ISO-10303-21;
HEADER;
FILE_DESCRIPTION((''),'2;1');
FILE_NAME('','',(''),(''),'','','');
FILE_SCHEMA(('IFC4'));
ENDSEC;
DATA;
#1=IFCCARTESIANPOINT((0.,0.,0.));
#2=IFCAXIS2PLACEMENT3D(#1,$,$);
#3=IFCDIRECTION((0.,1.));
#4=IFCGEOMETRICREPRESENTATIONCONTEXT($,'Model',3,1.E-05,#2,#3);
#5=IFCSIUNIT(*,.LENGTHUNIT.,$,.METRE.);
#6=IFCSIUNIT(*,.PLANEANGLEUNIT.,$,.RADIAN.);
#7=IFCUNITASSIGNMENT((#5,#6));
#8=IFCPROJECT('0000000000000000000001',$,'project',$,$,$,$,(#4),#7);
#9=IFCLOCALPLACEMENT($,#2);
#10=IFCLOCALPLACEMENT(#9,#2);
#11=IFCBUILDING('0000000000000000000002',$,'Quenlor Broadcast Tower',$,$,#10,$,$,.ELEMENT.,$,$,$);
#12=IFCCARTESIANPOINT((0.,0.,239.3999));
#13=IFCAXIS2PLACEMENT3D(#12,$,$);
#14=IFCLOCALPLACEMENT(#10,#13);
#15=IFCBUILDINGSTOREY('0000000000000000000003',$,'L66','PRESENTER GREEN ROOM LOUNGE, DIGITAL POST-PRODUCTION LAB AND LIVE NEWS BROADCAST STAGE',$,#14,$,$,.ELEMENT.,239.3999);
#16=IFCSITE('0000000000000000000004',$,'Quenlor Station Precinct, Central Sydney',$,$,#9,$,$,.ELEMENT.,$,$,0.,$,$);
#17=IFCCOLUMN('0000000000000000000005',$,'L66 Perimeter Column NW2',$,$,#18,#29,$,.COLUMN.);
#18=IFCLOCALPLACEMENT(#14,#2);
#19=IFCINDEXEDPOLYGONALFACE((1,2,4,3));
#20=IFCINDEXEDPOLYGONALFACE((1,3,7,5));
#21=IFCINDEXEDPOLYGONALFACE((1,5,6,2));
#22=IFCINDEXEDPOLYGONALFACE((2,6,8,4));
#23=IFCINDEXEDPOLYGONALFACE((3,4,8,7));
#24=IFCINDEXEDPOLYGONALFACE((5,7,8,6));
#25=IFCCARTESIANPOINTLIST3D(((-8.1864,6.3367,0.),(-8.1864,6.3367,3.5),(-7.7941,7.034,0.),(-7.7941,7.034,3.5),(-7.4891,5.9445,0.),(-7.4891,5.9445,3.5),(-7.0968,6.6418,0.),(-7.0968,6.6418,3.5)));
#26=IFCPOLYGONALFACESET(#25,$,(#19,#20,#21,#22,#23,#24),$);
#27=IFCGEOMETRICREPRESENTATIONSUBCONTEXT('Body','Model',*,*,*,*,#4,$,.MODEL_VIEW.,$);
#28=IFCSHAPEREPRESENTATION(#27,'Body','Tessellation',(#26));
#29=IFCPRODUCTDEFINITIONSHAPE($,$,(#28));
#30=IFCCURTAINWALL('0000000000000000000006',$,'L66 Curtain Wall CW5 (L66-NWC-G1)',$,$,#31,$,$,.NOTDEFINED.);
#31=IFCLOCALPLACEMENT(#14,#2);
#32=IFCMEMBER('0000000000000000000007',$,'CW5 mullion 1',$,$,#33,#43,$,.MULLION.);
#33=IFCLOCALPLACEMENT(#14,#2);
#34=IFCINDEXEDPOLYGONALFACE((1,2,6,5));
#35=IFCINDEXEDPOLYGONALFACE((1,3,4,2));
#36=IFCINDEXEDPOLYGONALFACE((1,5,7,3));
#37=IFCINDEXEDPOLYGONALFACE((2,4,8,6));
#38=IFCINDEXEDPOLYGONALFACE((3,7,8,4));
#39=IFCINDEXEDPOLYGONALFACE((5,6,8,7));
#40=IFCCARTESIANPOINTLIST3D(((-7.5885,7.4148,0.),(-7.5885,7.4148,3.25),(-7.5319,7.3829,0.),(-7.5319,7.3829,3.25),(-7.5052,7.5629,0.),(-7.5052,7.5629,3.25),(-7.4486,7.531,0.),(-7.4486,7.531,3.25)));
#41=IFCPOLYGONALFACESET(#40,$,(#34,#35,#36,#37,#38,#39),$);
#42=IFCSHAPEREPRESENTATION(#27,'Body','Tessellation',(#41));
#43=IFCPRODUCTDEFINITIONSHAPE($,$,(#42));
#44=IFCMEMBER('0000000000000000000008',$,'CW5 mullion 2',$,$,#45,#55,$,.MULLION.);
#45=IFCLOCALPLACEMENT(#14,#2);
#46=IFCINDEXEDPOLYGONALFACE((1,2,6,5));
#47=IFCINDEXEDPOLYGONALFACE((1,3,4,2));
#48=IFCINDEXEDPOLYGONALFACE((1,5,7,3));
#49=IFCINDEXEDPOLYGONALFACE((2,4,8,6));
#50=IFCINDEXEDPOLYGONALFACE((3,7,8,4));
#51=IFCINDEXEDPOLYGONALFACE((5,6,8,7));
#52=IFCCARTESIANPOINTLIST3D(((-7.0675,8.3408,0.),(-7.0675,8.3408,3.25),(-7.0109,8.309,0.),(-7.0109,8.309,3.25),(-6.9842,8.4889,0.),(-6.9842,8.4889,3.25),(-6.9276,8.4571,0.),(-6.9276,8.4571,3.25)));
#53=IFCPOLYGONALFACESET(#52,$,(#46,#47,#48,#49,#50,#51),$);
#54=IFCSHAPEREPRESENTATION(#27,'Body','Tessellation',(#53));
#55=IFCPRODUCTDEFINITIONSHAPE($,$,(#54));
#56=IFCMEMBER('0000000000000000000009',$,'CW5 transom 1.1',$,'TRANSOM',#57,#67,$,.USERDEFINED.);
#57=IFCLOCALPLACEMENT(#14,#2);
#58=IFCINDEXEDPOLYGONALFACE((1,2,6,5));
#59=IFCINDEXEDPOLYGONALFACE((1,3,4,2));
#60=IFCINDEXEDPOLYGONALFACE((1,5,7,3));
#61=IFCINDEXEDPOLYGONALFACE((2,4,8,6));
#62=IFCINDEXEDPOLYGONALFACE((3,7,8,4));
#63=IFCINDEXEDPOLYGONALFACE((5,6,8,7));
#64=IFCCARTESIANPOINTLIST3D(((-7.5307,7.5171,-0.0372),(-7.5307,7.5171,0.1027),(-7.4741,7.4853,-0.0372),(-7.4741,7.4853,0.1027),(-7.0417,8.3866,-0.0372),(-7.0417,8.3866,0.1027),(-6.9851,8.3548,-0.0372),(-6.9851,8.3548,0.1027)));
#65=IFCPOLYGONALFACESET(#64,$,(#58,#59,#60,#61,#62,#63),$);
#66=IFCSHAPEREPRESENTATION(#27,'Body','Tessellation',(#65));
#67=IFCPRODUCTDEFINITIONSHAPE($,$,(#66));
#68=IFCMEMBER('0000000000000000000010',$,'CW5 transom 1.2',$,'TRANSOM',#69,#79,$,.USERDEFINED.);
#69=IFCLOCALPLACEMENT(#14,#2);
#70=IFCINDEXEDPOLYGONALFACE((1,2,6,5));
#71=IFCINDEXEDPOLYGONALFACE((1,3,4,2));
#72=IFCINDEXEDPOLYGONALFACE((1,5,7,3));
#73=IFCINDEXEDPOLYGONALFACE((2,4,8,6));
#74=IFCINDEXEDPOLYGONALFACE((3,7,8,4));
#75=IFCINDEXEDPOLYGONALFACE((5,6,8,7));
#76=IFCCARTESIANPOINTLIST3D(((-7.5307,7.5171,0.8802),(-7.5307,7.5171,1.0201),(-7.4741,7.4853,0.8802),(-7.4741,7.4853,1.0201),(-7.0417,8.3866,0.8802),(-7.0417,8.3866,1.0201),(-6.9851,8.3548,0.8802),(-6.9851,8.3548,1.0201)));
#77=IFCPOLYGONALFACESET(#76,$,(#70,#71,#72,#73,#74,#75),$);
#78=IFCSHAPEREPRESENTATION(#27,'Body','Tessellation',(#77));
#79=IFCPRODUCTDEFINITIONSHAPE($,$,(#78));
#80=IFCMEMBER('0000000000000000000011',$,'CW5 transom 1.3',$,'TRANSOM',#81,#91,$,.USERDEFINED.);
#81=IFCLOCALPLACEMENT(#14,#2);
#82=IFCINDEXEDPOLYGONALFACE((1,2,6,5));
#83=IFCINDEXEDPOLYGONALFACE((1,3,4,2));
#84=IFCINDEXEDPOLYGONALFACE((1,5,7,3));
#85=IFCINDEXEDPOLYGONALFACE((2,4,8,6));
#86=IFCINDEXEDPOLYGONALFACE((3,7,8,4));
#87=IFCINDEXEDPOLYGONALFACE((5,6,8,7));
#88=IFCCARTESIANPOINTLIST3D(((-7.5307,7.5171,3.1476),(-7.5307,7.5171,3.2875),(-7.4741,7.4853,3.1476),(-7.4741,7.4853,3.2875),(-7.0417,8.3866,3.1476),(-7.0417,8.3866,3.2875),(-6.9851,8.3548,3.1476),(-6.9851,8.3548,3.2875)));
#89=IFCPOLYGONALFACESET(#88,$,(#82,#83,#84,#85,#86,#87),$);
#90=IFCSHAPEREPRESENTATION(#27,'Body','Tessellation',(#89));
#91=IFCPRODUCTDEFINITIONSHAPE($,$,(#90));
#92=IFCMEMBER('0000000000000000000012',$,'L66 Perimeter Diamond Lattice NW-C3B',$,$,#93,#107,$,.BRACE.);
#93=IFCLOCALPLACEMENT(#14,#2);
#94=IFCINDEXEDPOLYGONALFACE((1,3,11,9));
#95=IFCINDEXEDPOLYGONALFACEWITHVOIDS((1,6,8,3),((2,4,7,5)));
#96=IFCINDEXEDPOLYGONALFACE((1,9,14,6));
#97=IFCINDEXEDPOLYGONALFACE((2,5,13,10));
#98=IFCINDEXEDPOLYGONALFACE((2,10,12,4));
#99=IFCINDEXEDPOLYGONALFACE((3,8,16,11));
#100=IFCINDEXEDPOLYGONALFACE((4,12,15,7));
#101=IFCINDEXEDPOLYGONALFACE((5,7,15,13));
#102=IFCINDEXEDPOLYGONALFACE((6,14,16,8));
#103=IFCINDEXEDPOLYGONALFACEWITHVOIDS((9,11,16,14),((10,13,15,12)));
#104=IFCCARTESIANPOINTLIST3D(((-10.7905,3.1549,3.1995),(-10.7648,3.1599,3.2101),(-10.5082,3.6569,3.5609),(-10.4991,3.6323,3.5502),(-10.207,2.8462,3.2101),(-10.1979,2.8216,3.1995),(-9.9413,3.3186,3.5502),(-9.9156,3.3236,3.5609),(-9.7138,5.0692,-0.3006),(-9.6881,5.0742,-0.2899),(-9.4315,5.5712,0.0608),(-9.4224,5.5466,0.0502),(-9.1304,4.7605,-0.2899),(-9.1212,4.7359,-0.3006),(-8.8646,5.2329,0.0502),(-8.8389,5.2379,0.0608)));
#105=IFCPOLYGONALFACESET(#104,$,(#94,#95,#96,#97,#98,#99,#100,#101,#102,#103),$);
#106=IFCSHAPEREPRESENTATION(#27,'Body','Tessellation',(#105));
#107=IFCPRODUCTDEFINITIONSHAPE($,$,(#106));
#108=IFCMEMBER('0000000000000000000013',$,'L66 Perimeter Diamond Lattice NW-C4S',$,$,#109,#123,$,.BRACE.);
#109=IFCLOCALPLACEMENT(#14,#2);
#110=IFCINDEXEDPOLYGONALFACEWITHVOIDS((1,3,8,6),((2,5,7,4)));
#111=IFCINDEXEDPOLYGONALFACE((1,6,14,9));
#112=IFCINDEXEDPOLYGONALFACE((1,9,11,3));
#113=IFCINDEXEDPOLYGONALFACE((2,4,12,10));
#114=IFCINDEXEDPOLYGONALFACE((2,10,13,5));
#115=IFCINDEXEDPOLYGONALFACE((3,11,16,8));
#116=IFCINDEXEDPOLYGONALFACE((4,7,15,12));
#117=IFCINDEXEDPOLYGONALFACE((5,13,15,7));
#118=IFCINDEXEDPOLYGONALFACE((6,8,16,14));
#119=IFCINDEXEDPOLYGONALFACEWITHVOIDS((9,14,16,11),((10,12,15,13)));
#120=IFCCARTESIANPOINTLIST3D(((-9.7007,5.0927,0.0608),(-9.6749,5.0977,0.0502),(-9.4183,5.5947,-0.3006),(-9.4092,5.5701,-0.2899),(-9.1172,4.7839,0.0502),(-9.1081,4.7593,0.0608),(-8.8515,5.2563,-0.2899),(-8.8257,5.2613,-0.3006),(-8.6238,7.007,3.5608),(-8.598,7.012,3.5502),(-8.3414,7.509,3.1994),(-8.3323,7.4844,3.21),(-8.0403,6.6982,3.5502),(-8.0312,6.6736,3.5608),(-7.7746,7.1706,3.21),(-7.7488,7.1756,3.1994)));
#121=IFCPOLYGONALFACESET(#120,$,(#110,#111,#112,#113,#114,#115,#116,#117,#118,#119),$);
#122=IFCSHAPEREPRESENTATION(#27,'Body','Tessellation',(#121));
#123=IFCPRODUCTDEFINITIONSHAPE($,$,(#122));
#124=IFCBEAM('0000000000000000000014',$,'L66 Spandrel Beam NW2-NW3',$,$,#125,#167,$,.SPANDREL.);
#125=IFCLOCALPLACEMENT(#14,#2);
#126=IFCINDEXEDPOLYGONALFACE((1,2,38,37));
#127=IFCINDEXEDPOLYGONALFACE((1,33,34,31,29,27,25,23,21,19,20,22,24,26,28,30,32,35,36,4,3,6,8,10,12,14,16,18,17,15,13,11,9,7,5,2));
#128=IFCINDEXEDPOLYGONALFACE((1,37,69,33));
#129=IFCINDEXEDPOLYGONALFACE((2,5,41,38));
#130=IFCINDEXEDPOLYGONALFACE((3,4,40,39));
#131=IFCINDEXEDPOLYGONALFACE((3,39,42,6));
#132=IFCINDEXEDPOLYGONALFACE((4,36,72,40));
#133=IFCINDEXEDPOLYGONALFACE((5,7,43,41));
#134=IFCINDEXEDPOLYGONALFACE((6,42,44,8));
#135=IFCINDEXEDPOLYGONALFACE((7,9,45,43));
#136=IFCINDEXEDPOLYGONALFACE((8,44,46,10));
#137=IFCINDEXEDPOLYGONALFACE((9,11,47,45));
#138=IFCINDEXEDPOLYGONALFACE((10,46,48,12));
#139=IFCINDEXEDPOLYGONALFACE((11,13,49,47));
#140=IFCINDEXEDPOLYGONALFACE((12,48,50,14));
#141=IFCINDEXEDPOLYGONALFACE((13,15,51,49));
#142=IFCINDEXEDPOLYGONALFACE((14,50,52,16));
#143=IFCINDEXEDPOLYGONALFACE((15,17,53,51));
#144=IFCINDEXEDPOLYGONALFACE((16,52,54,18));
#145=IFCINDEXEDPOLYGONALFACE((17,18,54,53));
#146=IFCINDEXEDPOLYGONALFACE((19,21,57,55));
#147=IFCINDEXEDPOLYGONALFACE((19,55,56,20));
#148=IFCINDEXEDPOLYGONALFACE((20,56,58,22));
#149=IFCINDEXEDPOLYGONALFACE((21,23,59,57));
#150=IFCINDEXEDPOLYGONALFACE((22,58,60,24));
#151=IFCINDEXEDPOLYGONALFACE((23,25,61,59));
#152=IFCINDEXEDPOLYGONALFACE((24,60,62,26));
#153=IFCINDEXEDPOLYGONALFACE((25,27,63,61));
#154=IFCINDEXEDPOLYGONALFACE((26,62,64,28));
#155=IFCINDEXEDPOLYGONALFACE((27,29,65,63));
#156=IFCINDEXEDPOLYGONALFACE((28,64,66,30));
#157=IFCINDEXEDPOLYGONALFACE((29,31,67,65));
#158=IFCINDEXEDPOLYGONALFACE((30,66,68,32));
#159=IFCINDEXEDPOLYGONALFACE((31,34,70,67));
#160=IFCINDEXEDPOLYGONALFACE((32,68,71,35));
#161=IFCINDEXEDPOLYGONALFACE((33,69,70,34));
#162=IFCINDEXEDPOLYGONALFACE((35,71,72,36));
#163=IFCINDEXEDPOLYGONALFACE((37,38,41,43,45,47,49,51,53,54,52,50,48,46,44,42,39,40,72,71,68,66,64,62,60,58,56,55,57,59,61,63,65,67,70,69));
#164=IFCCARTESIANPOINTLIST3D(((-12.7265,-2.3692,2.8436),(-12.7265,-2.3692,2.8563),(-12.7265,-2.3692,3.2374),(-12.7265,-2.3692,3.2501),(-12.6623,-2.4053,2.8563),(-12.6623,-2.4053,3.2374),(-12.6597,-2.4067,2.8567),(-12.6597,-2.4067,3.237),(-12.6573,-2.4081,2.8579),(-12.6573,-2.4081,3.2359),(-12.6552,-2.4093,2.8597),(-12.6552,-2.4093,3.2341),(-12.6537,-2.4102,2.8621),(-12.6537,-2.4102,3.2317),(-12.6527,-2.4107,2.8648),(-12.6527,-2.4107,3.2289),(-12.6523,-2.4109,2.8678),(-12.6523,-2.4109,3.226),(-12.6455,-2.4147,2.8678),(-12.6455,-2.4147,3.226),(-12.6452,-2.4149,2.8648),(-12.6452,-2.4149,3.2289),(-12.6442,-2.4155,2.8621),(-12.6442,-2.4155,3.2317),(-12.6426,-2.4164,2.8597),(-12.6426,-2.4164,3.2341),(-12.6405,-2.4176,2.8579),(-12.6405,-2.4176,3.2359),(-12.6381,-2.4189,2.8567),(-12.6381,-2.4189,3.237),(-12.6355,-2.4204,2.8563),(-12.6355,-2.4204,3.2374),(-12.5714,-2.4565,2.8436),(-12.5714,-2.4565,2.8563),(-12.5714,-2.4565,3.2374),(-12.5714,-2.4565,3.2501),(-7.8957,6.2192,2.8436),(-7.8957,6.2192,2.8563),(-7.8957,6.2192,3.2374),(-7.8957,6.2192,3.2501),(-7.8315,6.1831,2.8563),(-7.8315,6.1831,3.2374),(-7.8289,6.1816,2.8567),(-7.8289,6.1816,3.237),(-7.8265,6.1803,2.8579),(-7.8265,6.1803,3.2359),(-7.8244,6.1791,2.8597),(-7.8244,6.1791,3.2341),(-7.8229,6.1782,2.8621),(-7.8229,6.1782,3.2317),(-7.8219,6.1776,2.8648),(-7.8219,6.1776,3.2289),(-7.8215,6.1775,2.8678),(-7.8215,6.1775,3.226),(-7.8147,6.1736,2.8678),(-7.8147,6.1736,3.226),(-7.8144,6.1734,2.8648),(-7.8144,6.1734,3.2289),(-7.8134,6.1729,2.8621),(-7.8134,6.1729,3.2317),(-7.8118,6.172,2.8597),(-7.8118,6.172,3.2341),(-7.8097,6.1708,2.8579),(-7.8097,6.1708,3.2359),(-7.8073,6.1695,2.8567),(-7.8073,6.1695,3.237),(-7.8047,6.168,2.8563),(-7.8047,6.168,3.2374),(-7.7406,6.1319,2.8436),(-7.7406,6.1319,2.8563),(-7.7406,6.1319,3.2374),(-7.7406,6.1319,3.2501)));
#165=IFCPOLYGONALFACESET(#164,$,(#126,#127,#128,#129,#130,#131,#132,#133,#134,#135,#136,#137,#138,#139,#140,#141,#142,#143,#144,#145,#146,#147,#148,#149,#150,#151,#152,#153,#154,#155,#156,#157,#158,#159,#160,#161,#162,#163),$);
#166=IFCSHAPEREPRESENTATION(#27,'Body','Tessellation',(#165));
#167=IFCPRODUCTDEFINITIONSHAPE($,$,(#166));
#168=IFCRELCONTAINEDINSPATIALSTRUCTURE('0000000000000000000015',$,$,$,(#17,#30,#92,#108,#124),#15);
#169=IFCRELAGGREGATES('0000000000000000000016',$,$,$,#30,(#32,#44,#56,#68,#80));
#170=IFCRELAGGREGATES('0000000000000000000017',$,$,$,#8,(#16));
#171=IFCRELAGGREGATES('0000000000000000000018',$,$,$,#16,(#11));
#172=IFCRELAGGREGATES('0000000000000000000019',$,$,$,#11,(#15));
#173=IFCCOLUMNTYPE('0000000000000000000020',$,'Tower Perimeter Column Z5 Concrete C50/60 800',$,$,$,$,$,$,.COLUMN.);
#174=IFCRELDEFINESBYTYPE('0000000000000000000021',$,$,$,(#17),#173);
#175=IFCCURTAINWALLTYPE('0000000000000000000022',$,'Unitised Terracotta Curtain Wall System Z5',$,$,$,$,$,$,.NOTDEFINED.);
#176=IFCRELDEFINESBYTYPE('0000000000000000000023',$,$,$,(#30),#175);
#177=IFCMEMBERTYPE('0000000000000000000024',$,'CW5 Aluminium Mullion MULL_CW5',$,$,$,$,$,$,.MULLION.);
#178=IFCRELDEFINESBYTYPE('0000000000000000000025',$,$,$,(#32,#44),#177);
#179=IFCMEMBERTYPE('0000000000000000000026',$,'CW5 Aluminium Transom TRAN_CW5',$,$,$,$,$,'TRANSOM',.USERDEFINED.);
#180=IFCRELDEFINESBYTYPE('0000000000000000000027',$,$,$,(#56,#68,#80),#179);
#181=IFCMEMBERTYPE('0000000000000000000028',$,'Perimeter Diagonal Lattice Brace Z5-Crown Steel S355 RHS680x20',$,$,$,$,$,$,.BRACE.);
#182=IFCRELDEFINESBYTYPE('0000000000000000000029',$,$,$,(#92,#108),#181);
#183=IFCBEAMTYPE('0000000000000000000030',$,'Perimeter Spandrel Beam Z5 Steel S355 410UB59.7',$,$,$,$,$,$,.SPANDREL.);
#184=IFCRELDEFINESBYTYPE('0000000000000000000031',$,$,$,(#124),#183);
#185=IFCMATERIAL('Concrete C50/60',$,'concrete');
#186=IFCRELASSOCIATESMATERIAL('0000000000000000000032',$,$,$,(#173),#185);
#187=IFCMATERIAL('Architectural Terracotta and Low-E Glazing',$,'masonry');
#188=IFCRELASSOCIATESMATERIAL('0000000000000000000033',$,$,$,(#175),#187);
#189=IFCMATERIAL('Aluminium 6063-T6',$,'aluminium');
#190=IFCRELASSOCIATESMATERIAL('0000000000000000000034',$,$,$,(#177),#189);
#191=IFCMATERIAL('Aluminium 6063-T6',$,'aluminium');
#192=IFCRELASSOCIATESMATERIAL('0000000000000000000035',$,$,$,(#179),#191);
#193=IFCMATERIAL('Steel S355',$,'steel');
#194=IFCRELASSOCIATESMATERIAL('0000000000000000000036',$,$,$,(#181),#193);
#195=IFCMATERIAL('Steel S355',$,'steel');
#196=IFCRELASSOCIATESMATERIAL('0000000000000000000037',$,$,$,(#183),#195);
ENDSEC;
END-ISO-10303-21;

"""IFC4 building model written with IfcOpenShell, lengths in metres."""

from ifc_helpers import new_model, si_unit, direction, frame, origin, origin_2d, place, context, subcontext, project, spatial, rectangle, hollow_rectangle, i_section, extrude, material, material_profile, profile_set, type_object, element, aggregate, save


model = new_model("IFC4")

# Units and contexts
model_context = context("Model", 3, precision=1e-05, world=origin(), true_north=direction((0.0, 1.0)))
body_context = subcontext(model_context, "Body", "Model", "MODEL_VIEW")
ifc_project = project(units=[si_unit("LENGTHUNIT", "METRE"), si_unit("PLANEANGLEUNIT", "RADIAN")], contexts=[model_context])

# Site, building, storey
site_placement = place(None, origin())
site = spatial("IfcSite", under=ifc_project, at=site_placement, Name="Quenlor Station Precinct, Central Sydney", CompositionType="ELEMENT", RefElevation=0.0)
building_placement = place(site_placement, origin())
building = spatial("IfcBuilding", under=site, at=building_placement, Name="Quenlor Broadcast Tower", CompositionType="ELEMENT")
storey_placement = place(building_placement, frame((0.0, 0.0, 239.3999)))
storey = spatial("IfcBuildingStorey", under=building, at=storey_placement, Name="L66", Description="PRESENTER GREEN ROOM LOUNGE, DIGITAL POST-PRODUCTION LAB AND LIVE NEWS BROADCAST STAGE", CompositionType="ELEMENT", Elevation=239.3999)

# Column
ifc_material_1 = material(Name="Concrete C50/60", Category="concrete")
ifc_material_profile_1 = material_profile(ifc_material_1, rectangle(XDim=0.8, YDim=0.8, at=origin_2d()))
ifc_profile_set_1 = profile_set([ifc_material_profile_1], Name="Concrete C50/60 RC800x800")
column_type = type_object("IfcColumnType", Name="Tower Perimeter Column Z5 Concrete C50/60 800", PredefinedType="COLUMN", material=ifc_profile_set_1)
column_placement = place(storey_placement, frame((-7.6416, 6.4893, 0.0), z_axis=(0.0, 0.0, 1.0), x_axis=(-0.871575, 0.490262, 0.0)))
element("IfcColumn", 1, at=column_placement, inside=storey, type_object=column_type, Name="L66 Perimeter Column NW2", PredefinedType="COLUMN", context=body_context, shape_type="SweptSolid", body=[
    extrude(rectangle(XDim=0.8, YDim=0.8, at=origin_2d()), origin(), (0.0, 0.0, 1.0), 3.5),
])

# Curtain wall, members
ifc_material_2 = material(Name="Architectural Terracotta and Low-E Glazing", Category="masonry")
curtain_wall_type = type_object("IfcCurtainWallType", Name="Unitised Terracotta Curtain Wall System Z5", PredefinedType="NOTDEFINED", material=ifc_material_2)
curtain_wall_placement = place(storey_placement, origin())
curtain_wall = element("IfcCurtainWall", 2, at=curtain_wall_placement, inside=storey, type_object=curtain_wall_type, Name="L66 Curtain Wall CW5 (L66-NWC-G1)", PredefinedType="NOTDEFINED")
ifc_material_3 = material(Name="Aluminium 6063-T6", Category="aluminium")
ifc_material_profile_2 = material_profile(ifc_material_3, rectangle(XDim=0.0649, YDim=0.1699, at=origin_2d()))
ifc_profile_set_2 = profile_set([ifc_material_profile_2], Name="Aluminium 6063-T6 MULL65x170")
member_type_1 = type_object("IfcMemberType", Name="CW5 Aluminium Mullion MULL_CW5", PredefinedType="MULLION", material=ifc_profile_set_2)
member_1_placement = place(storey_placement, frame((-7.5186, 7.4729, 0.0), z_axis=(0.0, 0.0, 1.0), x_axis=(-0.871564, 0.490282, 0.0)))
member_1 = element("IfcMember", 3, at=member_1_placement, type_object=member_type_1, Name="CW5 mullion 1", PredefinedType="MULLION", context=body_context, shape_type="SweptSolid", body=[
    extrude(rectangle(XDim=0.0649, YDim=0.1699, at=origin_2d()), origin(), (0.0, 0.0, 1.0), 3.25),
])
member_2_placement = place(storey_placement, frame((-6.9976, 8.3989, 0.0), z_axis=(0.0, 0.0, 1.0), x_axis=(-0.871564, 0.490282, 0.0)))
member_2 = element("IfcMember", 4, at=member_2_placement, type_object=member_type_1, Name="CW5 mullion 2", PredefinedType="MULLION", context=body_context, shape_type="SweptSolid", body=[
    extrude(rectangle(XDim=0.0649, YDim=0.1699, at=origin_2d()), origin(), (0.0, 0.0, 1.0), 3.25),
])
ifc_material_4 = material(Name="Aluminium 6063-T6", Category="aluminium")
ifc_material_profile_3 = material_profile(ifc_material_4, rectangle(XDim=0.0649, YDim=0.1399, at=origin_2d()))
ifc_profile_set_3 = profile_set([ifc_material_profile_3], Name="Aluminium 6063-T6 TRAN65x140")
member_type_2 = type_object("IfcMemberType", Name="CW5 Aluminium Transom TRAN_CW5", ElementType="TRANSOM", PredefinedType="USERDEFINED", material=ifc_profile_set_3)
member_3_placement = place(storey_placement, frame((-7.5024, 7.5012, 0.0327), z_axis=(0.49025, 0.871582, 0.0), x_axis=(-0.871582, 0.49025, 0.0)))
member_3 = element("IfcMember", 5, at=member_3_placement, type_object=member_type_2, Name="CW5 transom 1.1", ObjectType="TRANSOM", PredefinedType="USERDEFINED", context=body_context, shape_type="SweptSolid", body=[
    extrude(rectangle(XDim=0.0649, YDim=0.1399, at=origin_2d()), origin(), (0.0, 0.0, 1.0), 0.9976),
])
member_4_placement = place(storey_placement, frame((-7.5024, 7.5012, 0.9502), z_axis=(0.49025, 0.871582, 0.0), x_axis=(-0.871582, 0.49025, 0.0)))
member_4 = element("IfcMember", 6, at=member_4_placement, type_object=member_type_2, Name="CW5 transom 1.2", ObjectType="TRANSOM", PredefinedType="USERDEFINED", context=body_context, shape_type="SweptSolid", body=[
    extrude(rectangle(XDim=0.0649, YDim=0.1399, at=origin_2d()), origin(), (0.0, 0.0, 1.0), 0.9976),
])
member_5_placement = place(storey_placement, frame((-7.5024, 7.5012, 3.2175), z_axis=(0.49025, 0.871582, 0.0), x_axis=(-0.871582, 0.49025, 0.0)))
member_5 = element("IfcMember", 7, at=member_5_placement, type_object=member_type_2, Name="CW5 transom 1.3", ObjectType="TRANSOM", PredefinedType="USERDEFINED", context=body_context, shape_type="SweptSolid", body=[
    extrude(rectangle(XDim=0.0649, YDim=0.1399, at=origin_2d()), origin(), (0.0, 0.0, 1.0), 0.9976),
])

# Members
ifc_material_5 = material(Name="Steel S355", Category="steel")
ifc_material_profile_4 = material_profile(ifc_material_5, hollow_rectangle(XDim=0.6799, YDim=0.6799, WallThickness=0.02, at=origin_2d()))
ifc_profile_set_4 = profile_set([ifc_material_profile_4], Name="Steel S355 RHS680x680x20")
member_type_3 = type_object("IfcMemberType", Name="Perimeter Diagonal Lattice Brace Z5-Crown Steel S355 RHS680x20", PredefinedType="BRACE", material=ifc_profile_set_4)
for number, where, z_axis, x_axis, name in (
    (8, (-9.2764, 5.1536, -0.1199), (-0.260564, -0.463283, 0.847039), (0.871602, -0.490214, 0.0), "L66 Perimeter Diamond Lattice NW-C3B"),
    (9, (-9.2632, 5.177, -0.1199), (0.260619, 0.463276, 0.847026), (-0.871555, 0.490298, 0.0), "L66 Perimeter Diamond Lattice NW-C4S"),
):
    element("IfcMember", number, at=place(storey_placement, frame(where, z_axis=z_axis, x_axis=x_axis)), inside=storey, type_object=member_type_3, Name=name, PredefinedType="BRACE", context=body_context, shape_type="SweptSolid", body=[
        extrude(hollow_rectangle(XDim=0.6799, YDim=0.6799, WallThickness=0.02, at=origin_2d()), origin(), (0.0, 0.0, 1.0), 4.1321),
    ])

# Beam
ifc_material_6 = material(Name="Steel S355", Category="steel")
ifc_material_profile_5 = material_profile(ifc_material_6, i_section(OverallWidth=0.178, OverallDepth=0.4065, WebThickness=0.0078, FlangeThickness=0.0127, FilletRadius=0.0115, at=origin_2d()))
ifc_profile_set_5 = profile_set([ifc_material_profile_5], Name="Steel S355 410UB59.7")
beam_type_1 = type_object("IfcBeamType", Name="Perimeter Spandrel Beam Z5 Steel S355 410UB59.7", PredefinedType="SPANDREL", material=ifc_profile_set_5)
beam_1_placement = place(storey_placement, frame((-7.8181, 6.1755, 3.0469), z_axis=(-0.490249, -0.871582, 0.0), x_axis=(0.871582, -0.490249, 0.0)))
element("IfcBeam", 10, at=beam_1_placement, inside=storey, type_object=beam_type_1, Name="L66 Spandrel Beam NW2-NW3", PredefinedType="SPANDREL", context=body_context, shape_type="SweptSolid", body=[
    extrude(i_section(OverallWidth=0.178, OverallDepth=0.4065, WebThickness=0.0078, FlangeThickness=0.0127, FilletRadius=0.0115, at=origin_2d()), origin(), (0.0, 0.0, 1.0), 9.8538),
])

aggregate(curtain_wall, [member_1, member_2, member_3, member_4, member_5])

save(model, "model.ifc")
